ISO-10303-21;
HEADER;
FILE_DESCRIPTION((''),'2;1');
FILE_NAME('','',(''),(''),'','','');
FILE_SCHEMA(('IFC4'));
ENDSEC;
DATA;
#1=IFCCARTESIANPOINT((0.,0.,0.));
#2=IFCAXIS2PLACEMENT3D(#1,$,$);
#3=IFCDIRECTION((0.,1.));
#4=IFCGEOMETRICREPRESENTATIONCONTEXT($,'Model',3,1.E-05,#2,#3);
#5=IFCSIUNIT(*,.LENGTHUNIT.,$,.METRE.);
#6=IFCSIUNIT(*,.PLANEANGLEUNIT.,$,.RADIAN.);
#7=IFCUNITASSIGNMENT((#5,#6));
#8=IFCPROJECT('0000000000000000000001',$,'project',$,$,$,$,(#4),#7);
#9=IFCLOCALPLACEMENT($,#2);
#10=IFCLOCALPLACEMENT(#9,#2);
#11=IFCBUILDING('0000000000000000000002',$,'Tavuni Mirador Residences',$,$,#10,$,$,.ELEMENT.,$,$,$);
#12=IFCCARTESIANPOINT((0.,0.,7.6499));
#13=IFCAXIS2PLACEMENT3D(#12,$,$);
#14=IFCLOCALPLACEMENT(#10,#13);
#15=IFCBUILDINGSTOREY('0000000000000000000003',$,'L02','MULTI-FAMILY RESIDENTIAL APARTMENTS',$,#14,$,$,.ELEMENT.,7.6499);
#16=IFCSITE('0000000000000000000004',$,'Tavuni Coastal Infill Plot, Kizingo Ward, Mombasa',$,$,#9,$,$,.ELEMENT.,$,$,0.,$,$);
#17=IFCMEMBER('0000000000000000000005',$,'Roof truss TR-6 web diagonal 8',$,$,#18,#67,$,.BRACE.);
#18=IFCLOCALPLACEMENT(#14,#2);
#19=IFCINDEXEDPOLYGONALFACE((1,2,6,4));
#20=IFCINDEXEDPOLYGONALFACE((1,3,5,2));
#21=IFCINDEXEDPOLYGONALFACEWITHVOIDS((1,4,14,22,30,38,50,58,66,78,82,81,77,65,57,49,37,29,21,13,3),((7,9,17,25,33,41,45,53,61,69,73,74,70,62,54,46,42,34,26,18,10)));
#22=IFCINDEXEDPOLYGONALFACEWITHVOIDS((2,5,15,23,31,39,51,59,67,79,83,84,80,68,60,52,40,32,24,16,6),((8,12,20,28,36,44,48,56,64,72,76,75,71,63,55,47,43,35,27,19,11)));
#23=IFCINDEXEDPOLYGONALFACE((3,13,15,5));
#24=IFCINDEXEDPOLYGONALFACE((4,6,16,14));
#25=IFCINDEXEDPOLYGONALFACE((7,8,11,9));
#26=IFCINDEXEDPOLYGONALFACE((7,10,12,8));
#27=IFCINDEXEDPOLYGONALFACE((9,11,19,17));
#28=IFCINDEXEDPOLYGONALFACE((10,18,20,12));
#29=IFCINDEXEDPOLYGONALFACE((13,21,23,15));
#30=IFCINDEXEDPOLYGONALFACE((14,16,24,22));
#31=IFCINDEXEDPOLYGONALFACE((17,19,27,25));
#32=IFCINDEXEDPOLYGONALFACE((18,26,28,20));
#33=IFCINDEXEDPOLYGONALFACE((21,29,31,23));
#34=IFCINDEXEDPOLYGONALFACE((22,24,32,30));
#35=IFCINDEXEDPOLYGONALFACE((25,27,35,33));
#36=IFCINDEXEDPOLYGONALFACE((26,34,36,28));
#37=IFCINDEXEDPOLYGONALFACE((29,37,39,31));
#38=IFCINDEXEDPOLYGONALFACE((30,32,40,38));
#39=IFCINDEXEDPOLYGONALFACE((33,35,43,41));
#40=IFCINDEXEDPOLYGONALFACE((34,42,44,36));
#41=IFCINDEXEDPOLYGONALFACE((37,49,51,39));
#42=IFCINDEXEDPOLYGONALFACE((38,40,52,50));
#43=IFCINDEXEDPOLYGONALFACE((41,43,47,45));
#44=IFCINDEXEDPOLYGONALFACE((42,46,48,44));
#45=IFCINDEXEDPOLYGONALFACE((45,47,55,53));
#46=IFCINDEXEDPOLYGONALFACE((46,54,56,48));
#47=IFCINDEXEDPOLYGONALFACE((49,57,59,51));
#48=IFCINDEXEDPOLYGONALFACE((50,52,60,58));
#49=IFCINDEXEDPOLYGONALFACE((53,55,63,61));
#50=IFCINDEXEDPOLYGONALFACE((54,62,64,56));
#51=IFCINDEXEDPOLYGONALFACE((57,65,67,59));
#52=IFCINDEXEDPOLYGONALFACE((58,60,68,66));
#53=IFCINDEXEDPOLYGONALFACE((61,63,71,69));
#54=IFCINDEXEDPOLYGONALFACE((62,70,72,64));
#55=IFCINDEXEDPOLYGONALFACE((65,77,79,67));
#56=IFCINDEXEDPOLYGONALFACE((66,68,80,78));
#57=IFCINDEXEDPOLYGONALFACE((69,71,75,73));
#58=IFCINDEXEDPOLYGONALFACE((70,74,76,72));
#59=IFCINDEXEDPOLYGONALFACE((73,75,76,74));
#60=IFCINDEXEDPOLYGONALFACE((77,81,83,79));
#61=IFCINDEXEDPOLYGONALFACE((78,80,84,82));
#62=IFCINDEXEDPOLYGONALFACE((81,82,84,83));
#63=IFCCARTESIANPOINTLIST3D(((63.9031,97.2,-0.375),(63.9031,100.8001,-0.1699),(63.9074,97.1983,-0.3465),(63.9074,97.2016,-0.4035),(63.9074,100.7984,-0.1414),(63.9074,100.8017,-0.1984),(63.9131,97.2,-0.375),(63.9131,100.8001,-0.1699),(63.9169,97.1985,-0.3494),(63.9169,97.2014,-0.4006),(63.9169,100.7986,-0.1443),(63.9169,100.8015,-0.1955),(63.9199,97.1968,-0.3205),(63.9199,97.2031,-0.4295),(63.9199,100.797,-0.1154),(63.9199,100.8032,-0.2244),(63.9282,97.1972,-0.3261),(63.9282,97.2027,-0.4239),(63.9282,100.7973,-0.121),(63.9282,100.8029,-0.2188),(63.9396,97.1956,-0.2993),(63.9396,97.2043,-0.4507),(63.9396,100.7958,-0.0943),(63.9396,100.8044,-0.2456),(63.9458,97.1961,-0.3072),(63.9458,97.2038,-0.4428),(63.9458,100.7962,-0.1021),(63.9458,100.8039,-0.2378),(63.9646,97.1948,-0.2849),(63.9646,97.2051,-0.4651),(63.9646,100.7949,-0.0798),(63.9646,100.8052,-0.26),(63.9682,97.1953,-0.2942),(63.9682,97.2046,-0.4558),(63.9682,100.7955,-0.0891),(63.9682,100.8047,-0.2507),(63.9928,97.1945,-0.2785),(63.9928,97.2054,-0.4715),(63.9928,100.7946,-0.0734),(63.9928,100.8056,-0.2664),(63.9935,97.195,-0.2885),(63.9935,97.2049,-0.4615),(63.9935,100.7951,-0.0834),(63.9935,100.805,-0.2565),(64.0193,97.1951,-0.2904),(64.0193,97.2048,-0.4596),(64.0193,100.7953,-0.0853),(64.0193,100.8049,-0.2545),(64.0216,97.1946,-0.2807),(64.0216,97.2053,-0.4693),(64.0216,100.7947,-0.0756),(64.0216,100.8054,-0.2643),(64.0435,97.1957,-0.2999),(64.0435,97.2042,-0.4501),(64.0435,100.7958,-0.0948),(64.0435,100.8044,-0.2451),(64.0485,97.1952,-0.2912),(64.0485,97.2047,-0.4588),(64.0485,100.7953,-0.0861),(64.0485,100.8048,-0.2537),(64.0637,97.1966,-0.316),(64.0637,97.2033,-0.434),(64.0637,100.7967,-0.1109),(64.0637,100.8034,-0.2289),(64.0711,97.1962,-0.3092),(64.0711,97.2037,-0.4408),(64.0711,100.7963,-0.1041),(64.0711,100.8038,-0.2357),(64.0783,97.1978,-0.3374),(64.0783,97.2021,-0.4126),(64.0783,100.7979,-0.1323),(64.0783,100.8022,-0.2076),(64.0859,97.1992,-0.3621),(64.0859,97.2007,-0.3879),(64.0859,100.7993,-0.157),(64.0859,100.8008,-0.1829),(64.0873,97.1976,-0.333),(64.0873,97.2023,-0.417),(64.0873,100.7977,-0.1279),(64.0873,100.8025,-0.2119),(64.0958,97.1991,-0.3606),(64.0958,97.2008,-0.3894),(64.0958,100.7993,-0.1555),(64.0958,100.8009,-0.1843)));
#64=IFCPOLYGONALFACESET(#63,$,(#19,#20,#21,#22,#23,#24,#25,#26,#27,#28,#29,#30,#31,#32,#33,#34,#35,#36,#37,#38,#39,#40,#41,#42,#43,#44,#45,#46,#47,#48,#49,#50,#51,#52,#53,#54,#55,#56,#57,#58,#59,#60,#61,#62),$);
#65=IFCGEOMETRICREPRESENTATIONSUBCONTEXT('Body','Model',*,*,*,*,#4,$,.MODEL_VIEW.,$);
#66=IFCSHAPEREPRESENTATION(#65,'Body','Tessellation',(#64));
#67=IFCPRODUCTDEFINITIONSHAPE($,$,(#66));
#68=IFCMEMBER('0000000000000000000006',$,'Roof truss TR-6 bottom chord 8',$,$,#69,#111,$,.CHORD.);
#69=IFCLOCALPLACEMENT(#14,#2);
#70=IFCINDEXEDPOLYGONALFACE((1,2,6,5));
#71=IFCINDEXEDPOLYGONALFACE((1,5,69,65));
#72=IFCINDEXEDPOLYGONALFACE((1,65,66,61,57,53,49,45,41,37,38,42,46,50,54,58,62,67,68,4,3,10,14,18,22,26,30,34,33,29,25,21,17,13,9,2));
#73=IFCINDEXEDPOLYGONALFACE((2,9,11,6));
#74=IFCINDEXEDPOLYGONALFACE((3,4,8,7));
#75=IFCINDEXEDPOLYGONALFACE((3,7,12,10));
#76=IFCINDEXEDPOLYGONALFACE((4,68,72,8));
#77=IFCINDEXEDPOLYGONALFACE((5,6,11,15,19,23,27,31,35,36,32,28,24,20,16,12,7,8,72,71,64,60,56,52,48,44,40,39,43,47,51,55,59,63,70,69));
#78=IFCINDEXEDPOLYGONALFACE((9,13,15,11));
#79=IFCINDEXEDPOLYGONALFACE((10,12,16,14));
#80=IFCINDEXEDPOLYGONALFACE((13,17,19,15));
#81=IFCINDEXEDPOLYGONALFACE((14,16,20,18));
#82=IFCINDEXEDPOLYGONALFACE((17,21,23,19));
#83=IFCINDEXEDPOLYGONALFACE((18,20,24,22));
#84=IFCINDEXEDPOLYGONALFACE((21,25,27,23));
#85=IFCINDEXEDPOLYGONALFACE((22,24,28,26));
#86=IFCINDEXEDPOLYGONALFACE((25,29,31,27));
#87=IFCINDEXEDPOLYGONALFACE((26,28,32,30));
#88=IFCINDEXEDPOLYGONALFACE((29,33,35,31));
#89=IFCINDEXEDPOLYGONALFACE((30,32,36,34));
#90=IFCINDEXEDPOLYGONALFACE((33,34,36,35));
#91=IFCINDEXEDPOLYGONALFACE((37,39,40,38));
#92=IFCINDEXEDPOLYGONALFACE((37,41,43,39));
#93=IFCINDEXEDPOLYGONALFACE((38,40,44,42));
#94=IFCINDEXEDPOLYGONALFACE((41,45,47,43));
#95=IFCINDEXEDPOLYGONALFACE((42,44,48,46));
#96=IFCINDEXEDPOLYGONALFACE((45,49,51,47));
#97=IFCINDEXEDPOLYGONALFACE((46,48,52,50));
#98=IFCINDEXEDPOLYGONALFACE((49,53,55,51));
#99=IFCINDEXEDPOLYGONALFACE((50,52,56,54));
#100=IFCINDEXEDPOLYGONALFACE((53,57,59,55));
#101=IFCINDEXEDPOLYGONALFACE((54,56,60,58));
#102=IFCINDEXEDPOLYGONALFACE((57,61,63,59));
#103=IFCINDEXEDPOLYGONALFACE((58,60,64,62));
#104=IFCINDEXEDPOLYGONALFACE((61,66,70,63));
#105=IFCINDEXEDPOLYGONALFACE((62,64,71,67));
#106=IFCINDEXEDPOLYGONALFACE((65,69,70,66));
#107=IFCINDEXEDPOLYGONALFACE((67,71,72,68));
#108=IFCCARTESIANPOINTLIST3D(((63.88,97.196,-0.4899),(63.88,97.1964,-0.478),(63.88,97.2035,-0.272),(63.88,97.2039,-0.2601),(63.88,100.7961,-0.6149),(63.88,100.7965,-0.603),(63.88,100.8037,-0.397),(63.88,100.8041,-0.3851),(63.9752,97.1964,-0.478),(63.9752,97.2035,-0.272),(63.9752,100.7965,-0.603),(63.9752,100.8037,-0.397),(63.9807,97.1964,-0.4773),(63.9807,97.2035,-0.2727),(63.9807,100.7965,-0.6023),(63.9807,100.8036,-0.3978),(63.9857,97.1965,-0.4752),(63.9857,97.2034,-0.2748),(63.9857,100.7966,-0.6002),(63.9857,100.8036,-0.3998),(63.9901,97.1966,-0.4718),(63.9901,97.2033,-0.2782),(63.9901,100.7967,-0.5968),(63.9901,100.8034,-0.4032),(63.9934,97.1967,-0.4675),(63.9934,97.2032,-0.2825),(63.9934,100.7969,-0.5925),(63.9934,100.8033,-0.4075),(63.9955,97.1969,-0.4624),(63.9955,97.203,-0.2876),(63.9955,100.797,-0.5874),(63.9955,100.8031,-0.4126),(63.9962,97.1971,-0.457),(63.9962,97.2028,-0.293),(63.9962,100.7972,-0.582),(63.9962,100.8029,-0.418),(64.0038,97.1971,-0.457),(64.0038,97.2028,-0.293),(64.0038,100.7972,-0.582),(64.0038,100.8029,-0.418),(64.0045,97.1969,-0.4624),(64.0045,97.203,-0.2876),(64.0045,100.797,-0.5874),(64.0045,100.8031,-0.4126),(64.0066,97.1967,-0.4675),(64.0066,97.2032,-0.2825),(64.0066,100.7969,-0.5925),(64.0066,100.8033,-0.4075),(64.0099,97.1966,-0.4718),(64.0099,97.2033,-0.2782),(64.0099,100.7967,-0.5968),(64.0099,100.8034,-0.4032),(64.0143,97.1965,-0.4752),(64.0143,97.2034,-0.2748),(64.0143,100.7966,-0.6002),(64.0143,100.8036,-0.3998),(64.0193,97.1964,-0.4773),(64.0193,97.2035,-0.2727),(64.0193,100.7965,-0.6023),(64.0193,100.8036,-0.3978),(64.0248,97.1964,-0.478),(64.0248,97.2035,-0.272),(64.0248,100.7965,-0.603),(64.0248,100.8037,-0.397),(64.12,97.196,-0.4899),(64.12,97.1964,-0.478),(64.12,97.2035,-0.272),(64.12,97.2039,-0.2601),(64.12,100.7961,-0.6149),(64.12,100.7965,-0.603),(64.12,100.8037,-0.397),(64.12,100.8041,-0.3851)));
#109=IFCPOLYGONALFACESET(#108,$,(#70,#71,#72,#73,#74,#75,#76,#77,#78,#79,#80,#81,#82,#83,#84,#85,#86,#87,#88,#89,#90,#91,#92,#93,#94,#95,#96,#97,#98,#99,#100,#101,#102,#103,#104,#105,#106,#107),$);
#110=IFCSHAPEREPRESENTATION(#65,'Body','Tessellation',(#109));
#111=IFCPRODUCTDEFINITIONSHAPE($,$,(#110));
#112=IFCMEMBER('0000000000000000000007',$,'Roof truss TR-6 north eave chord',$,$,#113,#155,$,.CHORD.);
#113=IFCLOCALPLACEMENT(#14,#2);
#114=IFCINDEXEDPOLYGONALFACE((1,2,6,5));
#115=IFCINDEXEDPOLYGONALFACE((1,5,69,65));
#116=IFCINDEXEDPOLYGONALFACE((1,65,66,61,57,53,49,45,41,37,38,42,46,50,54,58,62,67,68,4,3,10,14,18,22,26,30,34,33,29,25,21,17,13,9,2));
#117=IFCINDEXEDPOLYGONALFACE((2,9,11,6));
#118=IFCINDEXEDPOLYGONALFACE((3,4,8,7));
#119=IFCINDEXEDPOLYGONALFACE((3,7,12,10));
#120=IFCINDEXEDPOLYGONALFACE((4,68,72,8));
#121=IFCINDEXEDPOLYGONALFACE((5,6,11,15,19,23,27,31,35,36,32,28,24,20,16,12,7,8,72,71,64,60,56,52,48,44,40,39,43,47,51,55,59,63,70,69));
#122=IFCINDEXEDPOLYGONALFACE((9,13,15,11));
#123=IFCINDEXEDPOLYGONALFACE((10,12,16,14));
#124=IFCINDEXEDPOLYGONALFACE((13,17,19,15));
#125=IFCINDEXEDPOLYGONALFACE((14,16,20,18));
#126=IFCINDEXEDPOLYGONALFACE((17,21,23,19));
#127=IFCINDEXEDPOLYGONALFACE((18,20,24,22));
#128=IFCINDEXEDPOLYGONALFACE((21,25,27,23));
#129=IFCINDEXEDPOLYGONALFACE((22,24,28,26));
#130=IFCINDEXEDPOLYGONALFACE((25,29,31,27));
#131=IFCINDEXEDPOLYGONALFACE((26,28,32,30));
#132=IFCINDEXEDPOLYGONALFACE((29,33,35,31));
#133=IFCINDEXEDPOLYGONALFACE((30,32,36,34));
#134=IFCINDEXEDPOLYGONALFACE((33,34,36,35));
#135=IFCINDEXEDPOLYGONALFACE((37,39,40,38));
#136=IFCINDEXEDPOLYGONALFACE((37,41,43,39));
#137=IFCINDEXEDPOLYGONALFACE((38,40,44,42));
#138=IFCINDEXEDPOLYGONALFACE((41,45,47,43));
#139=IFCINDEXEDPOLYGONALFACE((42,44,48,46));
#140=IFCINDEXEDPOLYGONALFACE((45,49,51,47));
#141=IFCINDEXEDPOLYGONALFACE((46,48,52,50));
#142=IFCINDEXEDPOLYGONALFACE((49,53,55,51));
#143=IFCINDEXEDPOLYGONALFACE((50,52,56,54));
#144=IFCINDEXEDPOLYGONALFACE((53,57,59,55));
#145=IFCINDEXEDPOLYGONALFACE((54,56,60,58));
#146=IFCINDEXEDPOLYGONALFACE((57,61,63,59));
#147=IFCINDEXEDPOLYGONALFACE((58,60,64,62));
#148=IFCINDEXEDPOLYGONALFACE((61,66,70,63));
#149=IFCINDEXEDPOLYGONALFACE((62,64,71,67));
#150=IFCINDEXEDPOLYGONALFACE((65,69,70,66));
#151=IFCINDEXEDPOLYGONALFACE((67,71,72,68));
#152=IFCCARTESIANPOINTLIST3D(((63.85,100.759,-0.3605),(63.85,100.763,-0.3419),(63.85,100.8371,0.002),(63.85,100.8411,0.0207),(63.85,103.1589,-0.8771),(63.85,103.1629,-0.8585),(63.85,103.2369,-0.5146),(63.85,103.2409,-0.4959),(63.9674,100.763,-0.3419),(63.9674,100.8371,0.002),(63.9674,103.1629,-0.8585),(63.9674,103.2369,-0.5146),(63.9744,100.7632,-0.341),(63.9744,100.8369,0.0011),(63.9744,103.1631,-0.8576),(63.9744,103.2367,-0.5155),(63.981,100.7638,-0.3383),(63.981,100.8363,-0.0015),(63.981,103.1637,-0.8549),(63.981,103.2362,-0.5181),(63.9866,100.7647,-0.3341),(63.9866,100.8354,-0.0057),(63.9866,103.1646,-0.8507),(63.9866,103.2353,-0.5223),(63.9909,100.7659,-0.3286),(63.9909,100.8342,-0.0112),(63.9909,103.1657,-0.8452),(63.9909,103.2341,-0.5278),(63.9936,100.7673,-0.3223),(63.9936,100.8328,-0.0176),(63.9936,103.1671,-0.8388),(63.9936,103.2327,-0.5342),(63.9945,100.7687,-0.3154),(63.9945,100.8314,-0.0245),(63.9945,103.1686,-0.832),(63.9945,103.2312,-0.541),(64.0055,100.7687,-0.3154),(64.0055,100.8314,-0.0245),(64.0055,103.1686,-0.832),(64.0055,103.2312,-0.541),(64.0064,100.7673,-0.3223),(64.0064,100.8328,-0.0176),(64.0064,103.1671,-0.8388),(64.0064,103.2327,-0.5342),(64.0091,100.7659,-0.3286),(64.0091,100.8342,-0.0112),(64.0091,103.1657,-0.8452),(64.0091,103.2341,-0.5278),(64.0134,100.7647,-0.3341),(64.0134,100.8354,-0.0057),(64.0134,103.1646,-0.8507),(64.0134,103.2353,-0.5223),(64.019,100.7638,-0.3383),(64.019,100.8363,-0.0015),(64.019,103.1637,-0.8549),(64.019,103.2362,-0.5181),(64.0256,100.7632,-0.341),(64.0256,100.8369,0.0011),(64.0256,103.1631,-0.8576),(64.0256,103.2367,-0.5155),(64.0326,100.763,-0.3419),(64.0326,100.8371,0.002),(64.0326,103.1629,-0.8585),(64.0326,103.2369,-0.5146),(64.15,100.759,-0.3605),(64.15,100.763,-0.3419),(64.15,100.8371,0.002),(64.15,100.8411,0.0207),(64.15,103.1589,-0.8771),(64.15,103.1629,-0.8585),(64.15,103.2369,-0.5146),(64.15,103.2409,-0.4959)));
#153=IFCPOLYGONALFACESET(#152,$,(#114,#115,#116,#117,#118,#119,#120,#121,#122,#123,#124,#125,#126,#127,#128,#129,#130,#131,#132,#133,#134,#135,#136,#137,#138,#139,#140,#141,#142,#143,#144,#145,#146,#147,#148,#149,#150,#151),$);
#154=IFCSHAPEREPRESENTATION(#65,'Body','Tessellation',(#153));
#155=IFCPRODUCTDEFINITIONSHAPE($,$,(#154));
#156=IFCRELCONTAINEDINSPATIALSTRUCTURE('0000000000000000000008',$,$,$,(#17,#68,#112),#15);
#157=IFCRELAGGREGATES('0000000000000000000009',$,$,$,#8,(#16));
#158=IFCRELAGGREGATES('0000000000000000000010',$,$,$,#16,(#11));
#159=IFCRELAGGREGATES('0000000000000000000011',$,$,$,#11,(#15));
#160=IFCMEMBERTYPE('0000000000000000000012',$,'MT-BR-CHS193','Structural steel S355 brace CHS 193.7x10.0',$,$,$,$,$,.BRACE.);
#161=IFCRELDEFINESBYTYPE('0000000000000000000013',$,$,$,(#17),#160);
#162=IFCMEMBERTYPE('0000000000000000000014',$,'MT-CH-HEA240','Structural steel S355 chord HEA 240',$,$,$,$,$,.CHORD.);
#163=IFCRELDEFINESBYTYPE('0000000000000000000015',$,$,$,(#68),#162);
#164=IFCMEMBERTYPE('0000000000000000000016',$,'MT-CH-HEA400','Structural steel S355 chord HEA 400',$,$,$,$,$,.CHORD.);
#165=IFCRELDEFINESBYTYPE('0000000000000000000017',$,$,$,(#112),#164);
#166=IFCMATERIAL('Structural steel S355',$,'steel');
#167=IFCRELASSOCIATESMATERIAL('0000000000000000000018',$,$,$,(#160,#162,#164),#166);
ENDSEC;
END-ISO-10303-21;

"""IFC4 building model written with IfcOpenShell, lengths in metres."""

from ifc_helpers import new_model, si_unit, direction, frame, origin, origin_2d, place, context, subcontext, project, spatial, hollow_circle, i_section, extrude, material, material_profile, profile_set, type_object, element, save


model = new_model("IFC4")

# Units and contexts
model_context = context("Model", 3, precision=1e-05, world=origin(), true_north=direction((0.0, 1.0)))
body_context = subcontext(model_context, "Body", "Model", "MODEL_VIEW")
ifc_project = project(units=[si_unit("LENGTHUNIT", "METRE"), si_unit("PLANEANGLEUNIT", "RADIAN")], contexts=[model_context])

# Site, building, storey
site_placement = place(None, origin())
site = spatial("IfcSite", under=ifc_project, at=site_placement, Name="Tavuni Coastal Infill Plot, Kizingo Ward, Mombasa", CompositionType="ELEMENT", RefElevation=0.0)
building_placement = place(site_placement, origin())
building = spatial("IfcBuilding", under=site, at=building_placement, Name="Tavuni Mirador Residences", CompositionType="ELEMENT")
storey_placement = place(building_placement, frame((0.0, 0.0, 7.6499)))
storey = spatial("IfcBuildingStorey", under=building, at=storey_placement, Name="L02", Description="MULTI-FAMILY RESIDENTIAL APARTMENTS", CompositionType="ELEMENT", Elevation=7.6499)

# Members
ifc_material_1 = material(Name="Structural steel S355", Category="steel")
ifc_material_profile_1 = material_profile(ifc_material_1, hollow_circle(Radius=0.0969, WallThickness=0.01, at=origin_2d()), Name="CHS 193.7x10.0", Category="steel")
ifc_profile_set_1 = profile_set([ifc_material_profile_1], Name="Structural steel S355")
member_type_1 = type_object("IfcMemberType", Name="MT-BR-CHS193", Description="Structural steel S355 brace CHS 193.7x10.0", PredefinedType="BRACE", material=ifc_profile_set_1)
member_1_placement = place(storey_placement, frame((64.0, 97.2, -0.375), z_axis=(0.0, 0.998381, 0.056872), x_axis=(-1.0, 0.0, 0.0)))
element("IfcMember", 1, at=member_1_placement, inside=storey, type_object=member_type_1, Name="Roof truss TR-6 web diagonal 8", PredefinedType="BRACE", context=body_context, shape_type="SweptSolid", body=[
    extrude(hollow_circle(Radius=0.0969, WallThickness=0.01, at=origin_2d()), origin(), (0.0, 0.0, 1.0), 3.606),
])
ifc_material_profile_2 = material_profile(ifc_material_1, i_section(OverallWidth=0.24, OverallDepth=0.23, WebThickness=0.0076, FlangeThickness=0.012, FilletRadius=0.021, at=origin_2d()), Name="HEA 240", Category="steel")
ifc_profile_set_2 = profile_set([ifc_material_profile_2], Name="Structural steel S355")
member_type_2 = type_object("IfcMemberType", Name="MT-CH-HEA240", Description="Structural steel S355 chord HEA 240", PredefinedType="CHORD", material=ifc_profile_set_2)
member_2_placement = place(storey_placement, frame((64.0, 97.2, -0.375), z_axis=(0.0, 0.999398, -0.0347), x_axis=(-1.0, 0.0, 0.0)))
element("IfcMember", 2, at=member_2_placement, inside=storey, type_object=member_type_2, Name="Roof truss TR-6 bottom chord 8", PredefinedType="CHORD", context=body_context, shape_type="SweptSolid", body=[
    extrude(i_section(OverallWidth=0.24, OverallDepth=0.23, WebThickness=0.0076, FlangeThickness=0.012, FilletRadius=0.021, at=origin_2d()), origin(), (0.0, 0.0, 1.0), 3.6023),
])
ifc_material_profile_3 = material_profile(ifc_material_1, i_section(OverallWidth=0.3, OverallDepth=0.3899, WebThickness=0.011, FlangeThickness=0.019, FilletRadius=0.0271, at=origin_2d()), Name="HEA 400", Category="steel")
ifc_profile_set_3 = profile_set([ifc_material_profile_3], Name="Structural steel S355")
member_type_3 = type_object("IfcMemberType", Name="MT-CH-HEA400", Description="Structural steel S355 chord HEA 400", PredefinedType="CHORD", material=ifc_profile_set_3)
member_3_placement = place(storey_placement, frame((64.0, 100.8, -0.1699), z_axis=(0.0, 0.977607, -0.210439), x_axis=(-1.0, 0.0, 0.0)))
element("IfcMember", 3, at=member_3_placement, inside=storey, type_object=member_type_3, Name="Roof truss TR-6 north eave chord", PredefinedType="CHORD", context=body_context, shape_type="SweptSolid", body=[
    extrude(i_section(OverallWidth=0.3, OverallDepth=0.3899, WebThickness=0.011, FlangeThickness=0.019, FilletRadius=0.0271, at=origin_2d()), origin(), (0.0, 0.0, 1.0), 2.4548),
])

save(model, "model.ifc")
